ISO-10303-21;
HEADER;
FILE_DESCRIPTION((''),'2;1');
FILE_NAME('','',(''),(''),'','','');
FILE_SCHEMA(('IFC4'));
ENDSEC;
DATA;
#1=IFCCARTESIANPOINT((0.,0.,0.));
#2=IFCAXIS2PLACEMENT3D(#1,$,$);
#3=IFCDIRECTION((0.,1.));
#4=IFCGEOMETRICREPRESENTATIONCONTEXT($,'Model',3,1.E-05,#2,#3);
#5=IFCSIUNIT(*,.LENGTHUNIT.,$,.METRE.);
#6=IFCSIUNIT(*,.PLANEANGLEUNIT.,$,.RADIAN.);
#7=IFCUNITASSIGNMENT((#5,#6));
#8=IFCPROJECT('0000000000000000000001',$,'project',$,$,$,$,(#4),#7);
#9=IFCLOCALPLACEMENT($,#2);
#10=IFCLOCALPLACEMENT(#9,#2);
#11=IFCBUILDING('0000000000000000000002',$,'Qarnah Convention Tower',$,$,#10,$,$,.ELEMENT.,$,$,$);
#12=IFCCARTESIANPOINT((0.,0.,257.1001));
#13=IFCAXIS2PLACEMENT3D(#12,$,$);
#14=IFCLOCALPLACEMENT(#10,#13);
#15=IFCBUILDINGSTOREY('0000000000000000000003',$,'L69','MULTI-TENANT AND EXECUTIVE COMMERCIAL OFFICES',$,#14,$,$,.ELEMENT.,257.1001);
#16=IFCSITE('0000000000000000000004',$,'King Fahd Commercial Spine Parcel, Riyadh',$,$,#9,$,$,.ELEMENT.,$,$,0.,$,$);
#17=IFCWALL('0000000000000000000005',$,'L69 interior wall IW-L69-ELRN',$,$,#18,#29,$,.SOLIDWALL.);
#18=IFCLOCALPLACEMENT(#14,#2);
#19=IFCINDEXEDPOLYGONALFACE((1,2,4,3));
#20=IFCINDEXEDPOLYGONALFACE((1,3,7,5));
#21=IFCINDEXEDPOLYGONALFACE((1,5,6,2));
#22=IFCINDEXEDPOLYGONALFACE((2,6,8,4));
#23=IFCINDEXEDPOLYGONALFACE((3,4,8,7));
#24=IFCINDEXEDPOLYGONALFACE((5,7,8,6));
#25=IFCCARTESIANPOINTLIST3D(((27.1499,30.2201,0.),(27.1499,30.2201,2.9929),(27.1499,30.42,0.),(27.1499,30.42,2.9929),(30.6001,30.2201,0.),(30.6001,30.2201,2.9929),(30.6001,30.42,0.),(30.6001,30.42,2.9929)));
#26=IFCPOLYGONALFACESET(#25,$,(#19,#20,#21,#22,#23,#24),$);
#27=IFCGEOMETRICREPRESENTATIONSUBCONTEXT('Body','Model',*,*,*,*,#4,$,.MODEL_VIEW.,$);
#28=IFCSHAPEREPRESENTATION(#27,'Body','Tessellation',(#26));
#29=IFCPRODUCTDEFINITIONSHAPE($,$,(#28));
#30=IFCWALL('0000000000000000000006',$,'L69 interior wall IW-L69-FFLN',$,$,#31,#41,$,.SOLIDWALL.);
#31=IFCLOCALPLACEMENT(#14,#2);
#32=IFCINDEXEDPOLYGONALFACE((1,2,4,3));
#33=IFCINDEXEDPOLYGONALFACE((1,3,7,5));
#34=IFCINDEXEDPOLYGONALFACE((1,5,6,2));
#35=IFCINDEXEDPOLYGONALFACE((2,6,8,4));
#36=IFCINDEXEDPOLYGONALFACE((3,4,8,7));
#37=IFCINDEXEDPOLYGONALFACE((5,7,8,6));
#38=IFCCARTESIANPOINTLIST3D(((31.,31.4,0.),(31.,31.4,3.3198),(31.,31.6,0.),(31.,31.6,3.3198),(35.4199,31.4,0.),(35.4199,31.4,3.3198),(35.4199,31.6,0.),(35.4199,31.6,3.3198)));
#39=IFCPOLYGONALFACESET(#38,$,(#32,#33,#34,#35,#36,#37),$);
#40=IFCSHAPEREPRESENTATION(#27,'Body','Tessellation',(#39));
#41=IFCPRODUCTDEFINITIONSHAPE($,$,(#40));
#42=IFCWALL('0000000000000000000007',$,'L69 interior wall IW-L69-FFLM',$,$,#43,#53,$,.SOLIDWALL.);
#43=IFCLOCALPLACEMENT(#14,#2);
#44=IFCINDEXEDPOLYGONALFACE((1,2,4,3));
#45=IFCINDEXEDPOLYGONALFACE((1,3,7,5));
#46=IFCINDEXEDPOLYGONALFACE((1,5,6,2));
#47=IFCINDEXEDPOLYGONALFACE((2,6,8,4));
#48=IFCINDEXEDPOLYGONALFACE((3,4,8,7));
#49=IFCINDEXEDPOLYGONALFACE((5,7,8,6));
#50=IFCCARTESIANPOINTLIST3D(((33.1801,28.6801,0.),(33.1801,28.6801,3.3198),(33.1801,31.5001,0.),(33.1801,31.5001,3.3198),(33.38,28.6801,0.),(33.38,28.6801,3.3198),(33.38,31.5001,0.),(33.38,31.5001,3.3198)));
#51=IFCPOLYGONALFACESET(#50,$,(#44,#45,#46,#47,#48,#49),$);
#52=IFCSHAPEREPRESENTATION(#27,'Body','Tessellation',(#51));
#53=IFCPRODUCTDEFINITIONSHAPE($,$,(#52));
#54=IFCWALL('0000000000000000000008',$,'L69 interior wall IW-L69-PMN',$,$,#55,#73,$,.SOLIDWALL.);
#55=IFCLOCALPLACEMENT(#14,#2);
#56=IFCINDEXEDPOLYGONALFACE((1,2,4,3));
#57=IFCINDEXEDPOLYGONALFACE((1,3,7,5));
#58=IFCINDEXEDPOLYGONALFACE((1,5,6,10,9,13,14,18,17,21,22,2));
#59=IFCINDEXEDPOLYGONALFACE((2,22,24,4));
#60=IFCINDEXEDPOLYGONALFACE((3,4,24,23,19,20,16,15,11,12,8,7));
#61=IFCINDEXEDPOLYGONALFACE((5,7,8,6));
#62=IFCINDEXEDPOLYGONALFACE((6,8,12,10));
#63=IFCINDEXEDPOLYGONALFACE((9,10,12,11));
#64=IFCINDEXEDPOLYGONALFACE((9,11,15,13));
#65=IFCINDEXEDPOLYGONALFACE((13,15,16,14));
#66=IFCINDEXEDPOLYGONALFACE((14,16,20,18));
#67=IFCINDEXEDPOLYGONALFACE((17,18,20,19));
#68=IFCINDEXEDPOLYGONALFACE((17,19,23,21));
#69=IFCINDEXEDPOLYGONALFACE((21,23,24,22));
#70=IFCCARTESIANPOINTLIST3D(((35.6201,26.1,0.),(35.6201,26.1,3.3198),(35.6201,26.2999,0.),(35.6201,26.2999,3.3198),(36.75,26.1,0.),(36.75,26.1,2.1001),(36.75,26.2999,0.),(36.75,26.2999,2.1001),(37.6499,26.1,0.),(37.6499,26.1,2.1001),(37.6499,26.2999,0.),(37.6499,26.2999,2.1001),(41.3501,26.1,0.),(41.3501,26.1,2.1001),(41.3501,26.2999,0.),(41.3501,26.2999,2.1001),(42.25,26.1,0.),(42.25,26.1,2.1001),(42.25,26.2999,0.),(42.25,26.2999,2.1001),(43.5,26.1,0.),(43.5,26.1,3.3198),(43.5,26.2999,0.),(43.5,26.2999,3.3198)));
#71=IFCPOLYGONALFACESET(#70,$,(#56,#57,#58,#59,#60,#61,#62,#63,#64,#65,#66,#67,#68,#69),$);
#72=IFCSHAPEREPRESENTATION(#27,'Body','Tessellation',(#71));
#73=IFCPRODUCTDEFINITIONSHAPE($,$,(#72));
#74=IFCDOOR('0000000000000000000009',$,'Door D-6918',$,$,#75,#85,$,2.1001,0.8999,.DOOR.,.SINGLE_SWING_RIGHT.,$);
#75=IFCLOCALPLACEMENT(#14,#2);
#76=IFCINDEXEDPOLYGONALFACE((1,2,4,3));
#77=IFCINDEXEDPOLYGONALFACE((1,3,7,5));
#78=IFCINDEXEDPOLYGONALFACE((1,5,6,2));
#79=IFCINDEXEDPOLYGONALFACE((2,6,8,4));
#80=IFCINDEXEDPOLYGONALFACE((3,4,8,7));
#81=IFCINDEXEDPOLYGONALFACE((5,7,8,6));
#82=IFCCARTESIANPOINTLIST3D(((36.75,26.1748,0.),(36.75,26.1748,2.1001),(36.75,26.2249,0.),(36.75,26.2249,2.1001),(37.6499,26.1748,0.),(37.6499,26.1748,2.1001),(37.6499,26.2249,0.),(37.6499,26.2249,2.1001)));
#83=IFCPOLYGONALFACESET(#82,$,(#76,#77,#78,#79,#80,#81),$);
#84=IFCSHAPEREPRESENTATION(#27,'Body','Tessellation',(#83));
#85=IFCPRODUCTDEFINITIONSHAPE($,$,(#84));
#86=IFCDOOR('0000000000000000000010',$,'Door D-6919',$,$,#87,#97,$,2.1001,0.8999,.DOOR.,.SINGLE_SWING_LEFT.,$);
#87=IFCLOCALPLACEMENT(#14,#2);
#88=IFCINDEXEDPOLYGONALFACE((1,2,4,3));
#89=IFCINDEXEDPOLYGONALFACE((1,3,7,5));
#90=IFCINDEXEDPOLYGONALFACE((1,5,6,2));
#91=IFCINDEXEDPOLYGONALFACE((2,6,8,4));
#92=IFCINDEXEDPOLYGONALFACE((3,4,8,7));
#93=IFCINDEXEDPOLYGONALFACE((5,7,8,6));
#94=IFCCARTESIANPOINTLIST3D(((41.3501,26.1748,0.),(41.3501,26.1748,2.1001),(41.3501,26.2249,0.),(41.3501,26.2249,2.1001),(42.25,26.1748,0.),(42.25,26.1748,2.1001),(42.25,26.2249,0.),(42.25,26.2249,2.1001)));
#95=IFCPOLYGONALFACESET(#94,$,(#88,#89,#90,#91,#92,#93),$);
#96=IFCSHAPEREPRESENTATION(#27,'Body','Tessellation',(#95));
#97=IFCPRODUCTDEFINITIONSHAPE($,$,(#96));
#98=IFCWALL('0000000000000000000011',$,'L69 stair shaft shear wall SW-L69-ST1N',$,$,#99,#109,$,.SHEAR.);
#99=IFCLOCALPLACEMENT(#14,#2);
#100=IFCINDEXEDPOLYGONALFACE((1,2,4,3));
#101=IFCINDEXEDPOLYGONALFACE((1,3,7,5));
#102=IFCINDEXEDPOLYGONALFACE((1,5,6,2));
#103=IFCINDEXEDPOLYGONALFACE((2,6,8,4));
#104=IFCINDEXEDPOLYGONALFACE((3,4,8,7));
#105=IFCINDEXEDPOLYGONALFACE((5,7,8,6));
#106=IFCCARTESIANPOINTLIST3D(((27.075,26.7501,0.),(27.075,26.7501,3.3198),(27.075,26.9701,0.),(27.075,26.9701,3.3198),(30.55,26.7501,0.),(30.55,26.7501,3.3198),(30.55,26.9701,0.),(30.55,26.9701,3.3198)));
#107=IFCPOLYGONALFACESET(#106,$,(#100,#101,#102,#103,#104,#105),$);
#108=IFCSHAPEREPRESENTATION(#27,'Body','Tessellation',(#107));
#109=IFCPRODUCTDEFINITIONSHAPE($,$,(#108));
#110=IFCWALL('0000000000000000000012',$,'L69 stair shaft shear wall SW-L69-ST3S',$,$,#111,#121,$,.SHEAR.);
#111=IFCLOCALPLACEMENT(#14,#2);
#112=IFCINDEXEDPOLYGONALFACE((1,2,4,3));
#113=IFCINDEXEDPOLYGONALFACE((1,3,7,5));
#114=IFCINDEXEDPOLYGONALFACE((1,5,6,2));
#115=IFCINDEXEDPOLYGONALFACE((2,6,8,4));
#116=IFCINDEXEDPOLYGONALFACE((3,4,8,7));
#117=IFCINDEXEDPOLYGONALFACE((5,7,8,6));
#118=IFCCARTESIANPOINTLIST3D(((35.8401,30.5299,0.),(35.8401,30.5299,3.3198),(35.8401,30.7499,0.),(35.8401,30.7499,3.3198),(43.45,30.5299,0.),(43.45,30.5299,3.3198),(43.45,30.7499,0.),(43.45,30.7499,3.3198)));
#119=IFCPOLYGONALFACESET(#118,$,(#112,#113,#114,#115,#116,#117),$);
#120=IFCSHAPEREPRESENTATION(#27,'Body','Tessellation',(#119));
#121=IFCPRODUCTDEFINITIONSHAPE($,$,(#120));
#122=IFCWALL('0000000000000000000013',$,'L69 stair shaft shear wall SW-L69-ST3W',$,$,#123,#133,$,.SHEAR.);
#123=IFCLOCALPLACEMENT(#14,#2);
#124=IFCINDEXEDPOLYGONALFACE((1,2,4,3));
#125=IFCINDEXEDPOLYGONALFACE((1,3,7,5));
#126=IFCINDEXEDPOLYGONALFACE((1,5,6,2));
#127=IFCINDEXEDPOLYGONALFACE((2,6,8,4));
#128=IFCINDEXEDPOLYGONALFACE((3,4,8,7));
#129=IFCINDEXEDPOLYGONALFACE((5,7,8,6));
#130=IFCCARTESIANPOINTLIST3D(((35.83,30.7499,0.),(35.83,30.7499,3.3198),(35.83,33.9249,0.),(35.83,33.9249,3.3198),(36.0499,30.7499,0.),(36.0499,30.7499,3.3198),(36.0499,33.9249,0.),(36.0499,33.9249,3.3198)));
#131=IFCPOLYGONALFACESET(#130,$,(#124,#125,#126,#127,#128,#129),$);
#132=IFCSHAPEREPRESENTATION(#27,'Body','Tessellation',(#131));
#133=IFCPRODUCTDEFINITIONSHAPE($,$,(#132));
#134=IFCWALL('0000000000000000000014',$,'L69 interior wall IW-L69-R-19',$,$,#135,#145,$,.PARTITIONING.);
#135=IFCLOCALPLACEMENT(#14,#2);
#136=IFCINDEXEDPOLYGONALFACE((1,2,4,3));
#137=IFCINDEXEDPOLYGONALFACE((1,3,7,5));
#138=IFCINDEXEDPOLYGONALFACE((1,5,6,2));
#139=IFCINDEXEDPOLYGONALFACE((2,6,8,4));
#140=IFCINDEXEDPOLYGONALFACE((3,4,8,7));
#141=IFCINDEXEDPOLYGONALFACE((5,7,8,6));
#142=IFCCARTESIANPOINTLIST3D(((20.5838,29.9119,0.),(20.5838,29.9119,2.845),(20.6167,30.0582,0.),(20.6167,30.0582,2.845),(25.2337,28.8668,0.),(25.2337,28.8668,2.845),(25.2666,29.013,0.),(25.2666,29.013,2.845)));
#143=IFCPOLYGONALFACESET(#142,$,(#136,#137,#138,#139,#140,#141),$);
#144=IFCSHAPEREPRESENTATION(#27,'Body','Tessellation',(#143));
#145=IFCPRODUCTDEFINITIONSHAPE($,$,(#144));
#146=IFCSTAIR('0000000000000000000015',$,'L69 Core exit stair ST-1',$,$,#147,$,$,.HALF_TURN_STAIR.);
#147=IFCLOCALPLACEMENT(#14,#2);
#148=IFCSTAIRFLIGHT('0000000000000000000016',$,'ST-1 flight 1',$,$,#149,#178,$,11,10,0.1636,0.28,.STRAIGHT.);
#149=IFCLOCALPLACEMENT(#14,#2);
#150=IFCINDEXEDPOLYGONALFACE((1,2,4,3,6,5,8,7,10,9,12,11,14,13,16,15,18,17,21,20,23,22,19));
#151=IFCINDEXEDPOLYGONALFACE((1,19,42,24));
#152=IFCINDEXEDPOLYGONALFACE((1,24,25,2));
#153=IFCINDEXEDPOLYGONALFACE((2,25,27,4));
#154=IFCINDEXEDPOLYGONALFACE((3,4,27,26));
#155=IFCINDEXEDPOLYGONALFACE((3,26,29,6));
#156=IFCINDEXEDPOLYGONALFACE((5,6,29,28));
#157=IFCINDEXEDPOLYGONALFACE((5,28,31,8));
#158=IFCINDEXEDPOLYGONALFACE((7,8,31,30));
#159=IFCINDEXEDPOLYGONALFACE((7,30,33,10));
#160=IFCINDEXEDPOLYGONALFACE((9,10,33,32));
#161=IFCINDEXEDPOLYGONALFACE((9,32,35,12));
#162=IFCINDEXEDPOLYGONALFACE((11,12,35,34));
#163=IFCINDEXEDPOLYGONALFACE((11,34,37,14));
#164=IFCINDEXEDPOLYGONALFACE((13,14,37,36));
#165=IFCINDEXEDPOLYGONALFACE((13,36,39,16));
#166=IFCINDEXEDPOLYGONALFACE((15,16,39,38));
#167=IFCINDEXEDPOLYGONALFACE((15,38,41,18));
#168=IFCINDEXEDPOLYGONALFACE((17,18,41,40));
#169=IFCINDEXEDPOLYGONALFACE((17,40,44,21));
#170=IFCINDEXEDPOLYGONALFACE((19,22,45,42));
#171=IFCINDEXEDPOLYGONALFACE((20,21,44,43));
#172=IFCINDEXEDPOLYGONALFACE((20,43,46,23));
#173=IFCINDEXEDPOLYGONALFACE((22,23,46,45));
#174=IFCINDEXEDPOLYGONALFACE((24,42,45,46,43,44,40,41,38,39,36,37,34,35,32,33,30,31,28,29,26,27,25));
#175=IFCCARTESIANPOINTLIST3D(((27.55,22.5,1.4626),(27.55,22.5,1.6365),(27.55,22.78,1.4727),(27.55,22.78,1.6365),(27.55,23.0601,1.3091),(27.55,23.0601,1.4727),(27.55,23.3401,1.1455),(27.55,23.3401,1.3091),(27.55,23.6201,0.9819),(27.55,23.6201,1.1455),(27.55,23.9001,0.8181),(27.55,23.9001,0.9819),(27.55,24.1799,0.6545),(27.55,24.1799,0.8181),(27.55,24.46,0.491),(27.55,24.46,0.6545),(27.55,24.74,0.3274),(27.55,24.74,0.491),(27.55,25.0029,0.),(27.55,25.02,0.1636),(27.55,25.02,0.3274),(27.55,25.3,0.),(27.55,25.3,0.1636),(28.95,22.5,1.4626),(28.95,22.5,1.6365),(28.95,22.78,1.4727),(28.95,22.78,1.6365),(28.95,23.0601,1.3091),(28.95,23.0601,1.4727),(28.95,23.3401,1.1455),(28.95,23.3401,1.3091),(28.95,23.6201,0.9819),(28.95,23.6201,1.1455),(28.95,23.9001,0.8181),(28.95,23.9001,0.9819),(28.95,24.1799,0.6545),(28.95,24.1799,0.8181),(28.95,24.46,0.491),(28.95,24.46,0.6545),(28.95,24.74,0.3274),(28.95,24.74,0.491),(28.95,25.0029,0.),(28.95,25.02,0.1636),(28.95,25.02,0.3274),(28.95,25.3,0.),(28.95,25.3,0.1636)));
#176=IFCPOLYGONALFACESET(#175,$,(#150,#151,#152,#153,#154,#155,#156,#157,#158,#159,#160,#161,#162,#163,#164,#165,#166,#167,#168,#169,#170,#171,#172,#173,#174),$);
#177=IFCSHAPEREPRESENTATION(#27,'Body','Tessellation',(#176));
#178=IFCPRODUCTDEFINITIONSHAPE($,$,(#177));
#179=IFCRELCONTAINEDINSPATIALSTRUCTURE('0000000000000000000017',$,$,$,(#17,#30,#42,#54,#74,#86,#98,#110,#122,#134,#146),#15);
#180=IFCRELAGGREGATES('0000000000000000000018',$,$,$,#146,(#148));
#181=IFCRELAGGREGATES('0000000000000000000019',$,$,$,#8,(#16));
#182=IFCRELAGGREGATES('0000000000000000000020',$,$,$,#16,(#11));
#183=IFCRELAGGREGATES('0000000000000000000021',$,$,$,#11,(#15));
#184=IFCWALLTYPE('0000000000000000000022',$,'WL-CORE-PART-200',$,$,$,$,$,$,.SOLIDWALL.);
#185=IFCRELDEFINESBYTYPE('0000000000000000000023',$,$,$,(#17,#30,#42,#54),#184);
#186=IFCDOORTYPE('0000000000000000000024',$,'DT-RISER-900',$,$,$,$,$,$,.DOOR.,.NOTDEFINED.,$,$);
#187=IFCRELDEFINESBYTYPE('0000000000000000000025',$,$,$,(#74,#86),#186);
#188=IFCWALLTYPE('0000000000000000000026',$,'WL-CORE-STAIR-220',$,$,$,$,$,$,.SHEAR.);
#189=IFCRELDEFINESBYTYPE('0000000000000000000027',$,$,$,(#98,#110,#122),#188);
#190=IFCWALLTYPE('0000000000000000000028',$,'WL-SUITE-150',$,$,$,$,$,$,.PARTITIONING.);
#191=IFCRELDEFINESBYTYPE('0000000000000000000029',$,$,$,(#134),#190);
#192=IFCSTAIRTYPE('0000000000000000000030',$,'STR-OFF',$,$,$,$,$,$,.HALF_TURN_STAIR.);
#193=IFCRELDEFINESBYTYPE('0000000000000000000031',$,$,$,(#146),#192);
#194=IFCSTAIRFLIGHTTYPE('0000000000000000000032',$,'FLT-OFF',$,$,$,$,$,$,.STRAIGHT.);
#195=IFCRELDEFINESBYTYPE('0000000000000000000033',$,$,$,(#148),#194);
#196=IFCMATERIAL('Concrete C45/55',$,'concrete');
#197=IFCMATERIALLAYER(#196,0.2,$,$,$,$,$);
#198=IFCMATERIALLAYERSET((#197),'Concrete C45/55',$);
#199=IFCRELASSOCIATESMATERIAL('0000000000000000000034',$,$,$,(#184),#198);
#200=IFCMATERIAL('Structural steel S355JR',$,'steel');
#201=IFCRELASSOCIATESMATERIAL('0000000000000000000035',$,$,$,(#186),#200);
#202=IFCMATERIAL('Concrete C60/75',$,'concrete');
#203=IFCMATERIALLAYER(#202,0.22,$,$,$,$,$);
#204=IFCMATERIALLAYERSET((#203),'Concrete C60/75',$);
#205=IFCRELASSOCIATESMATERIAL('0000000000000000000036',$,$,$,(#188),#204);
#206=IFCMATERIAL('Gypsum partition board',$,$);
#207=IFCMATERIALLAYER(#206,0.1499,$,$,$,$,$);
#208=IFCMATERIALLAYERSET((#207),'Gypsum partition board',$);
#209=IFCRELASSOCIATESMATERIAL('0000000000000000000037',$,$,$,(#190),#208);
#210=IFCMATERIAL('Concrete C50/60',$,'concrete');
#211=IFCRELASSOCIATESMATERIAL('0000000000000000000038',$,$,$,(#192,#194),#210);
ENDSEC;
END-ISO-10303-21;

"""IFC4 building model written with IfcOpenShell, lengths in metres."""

from ifc_helpers import new_model, si_unit, direction, frame, frame_2d, origin, place, context, subcontext, project, spatial, polyline, rectangle, outline, extrude, material, layer, layer_set, type_object, element, fill, aggregate, save


model = new_model("IFC4")

# Units and contexts
model_context = context("Model", 3, precision=1e-05, world=origin(), true_north=direction((0.0, 1.0)))
body_context = subcontext(model_context, "Body", "Model", "MODEL_VIEW")
ifc_project = project(units=[si_unit("LENGTHUNIT", "METRE"), si_unit("PLANEANGLEUNIT", "RADIAN")], contexts=[model_context])

# Site, building, storey
site_placement = place(None, origin())
site = spatial("IfcSite", under=ifc_project, at=site_placement, Name="King Fahd Commercial Spine Parcel, Riyadh", CompositionType="ELEMENT", RefElevation=0.0)
building_placement = place(site_placement, origin())
building = spatial("IfcBuilding", under=site, at=building_placement, Name="Qarnah Convention Tower", CompositionType="ELEMENT")
storey_placement = place(building_placement, frame((0.0, 0.0, 257.1001)))
storey = spatial("IfcBuildingStorey", under=building, at=storey_placement, Name="L69", Description="MULTI-TENANT AND EXECUTIVE COMMERCIAL OFFICES", CompositionType="ELEMENT", Elevation=257.1001)

# Shared definitions
ifc_material_1 = material(Name="Concrete C50/60", Category="concrete")

# Shared definitions
ifc_material_2 = material(Name="Structural steel S355JR", Category="steel")

# Wall
ifc_material_3 = material(Name="Concrete C45/55", Category="concrete")
ifc_layer_1 = layer(ifc_material_3, 0.2)
ifc_layer_set_1 = layer_set([ifc_layer_1], Name="Concrete C45/55")
wall_type_1 = type_object("IfcWallType", Name="WL-CORE-PART-200", PredefinedType="SOLIDWALL", material=ifc_layer_set_1)
wall_1_placement = place(storey_placement, frame((27.1499, 30.3201, 0.0), z_axis=(0.0, 0.0, 1.0), x_axis=(1.0, 0.0, 0.0)))
element("IfcWall", 1, at=wall_1_placement, inside=storey, type_object=wall_type_1, Name="L69 interior wall IW-L69-ELRN", PredefinedType="SOLIDWALL", context=body_context, shape_type="SweptSolid", body=[
    extrude(rectangle(XDim=3.4502, YDim=0.2, at=frame_2d((1.7251, 0.0))), origin(), (0.0, 0.0, 1.0), 2.9929),
])

# Walls
wall_2_placement = place(storey_placement, frame((31.0, 31.5, 0.0), z_axis=(0.0, 0.0, 1.0), x_axis=(1.0, 0.0, 0.0)))
element("IfcWall", 2, at=wall_2_placement, inside=storey, type_object=wall_type_1, Name="L69 interior wall IW-L69-FFLN", PredefinedType="SOLIDWALL", context=body_context, shape_type="SweptSolid", body=[
    extrude(rectangle(XDim=4.4199, YDim=0.2, at=frame_2d((2.21, 0.0))), origin(), (0.0, 0.0, 1.0), 3.3198),
])
wall_3_placement = place(storey_placement, frame((33.28, 28.6799, 0.0), z_axis=(0.0, 0.0, 1.0), x_axis=(0.0, 1.0, 0.0)))
element("IfcWall", 3, at=wall_3_placement, inside=storey, type_object=wall_type_1, Name="L69 interior wall IW-L69-FFLM", PredefinedType="SOLIDWALL", context=body_context, shape_type="SweptSolid", body=[
    extrude(rectangle(XDim=2.8201, YDim=0.2, at=frame_2d((1.4102, 0.0))), origin(), (0.0, 0.0, 1.0), 3.3198),
])

# Wall, openings, doors
wall_4_placement = place(storey_placement, frame((35.6201, 26.2, 0.0), z_axis=(0.0, 0.0, 1.0), x_axis=(1.0, 0.0, 0.0)))
wall_4 = element("IfcWall", 4, at=wall_4_placement, inside=storey, type_object=wall_type_1, Name="L69 interior wall IW-L69-PMN", PredefinedType="SOLIDWALL", context=body_context, shape_type="SweptSolid", body=[
    extrude(rectangle(XDim=7.8799, YDim=0.2, at=frame_2d((3.9399, 0.0))), origin(), (0.0, 0.0, 1.0), 3.3198),
])
opening_1_placement = place(wall_4_placement, frame((1.1299, 0.0, 0.0)))
opening_1 = element("IfcOpeningElement", 5, at=opening_1_placement, cuts=wall_4, PredefinedType="OPENING", context=body_context, shape_type="SweptSolid", body=[
    extrude(rectangle(XDim=0.8999, YDim=2.1001, at=frame_2d((0.45, 1.05))), frame((0.0, 0.1099, 0.0), z_axis=(0.0, -1.0, 0.0), x_axis=(1.0, 0.0, 0.0)), (0.0, 0.0, 1.0), 0.22),
])
opening_2_placement = place(wall_4_placement, frame((5.73, 0.0, 0.0)))
opening_2 = element("IfcOpeningElement", 6, at=opening_2_placement, cuts=wall_4, PredefinedType="OPENING", context=body_context, shape_type="SweptSolid", body=[
    extrude(rectangle(XDim=0.8999, YDim=2.1001, at=frame_2d((0.45, 1.05))), frame((0.0, 0.1099, 0.0), z_axis=(0.0, -1.0, 0.0), x_axis=(1.0, 0.0, 0.0)), (0.0, 0.0, 1.0), 0.22),
])
door_type_1 = type_object("IfcDoorType", Name="DT-RISER-900", OperationType="NOTDEFINED", PredefinedType="DOOR", material=ifc_material_2)
door_1_placement = place(opening_1_placement, origin())
door_1 = element("IfcDoor", 7, at=door_1_placement, inside=storey, type_object=door_type_1, Name="Door D-6918", OperationType="SINGLE_SWING_RIGHT", OverallHeight=2.1001, OverallWidth=0.8999, PredefinedType="DOOR", context=body_context, shape_type="SweptSolid", body=[
    extrude(rectangle(XDim=0.8999, YDim=2.1001, at=frame_2d((0.45, 1.05))), frame((0.0, 0.0249, 0.0), z_axis=(0.0, -1.0, 0.0), x_axis=(1.0, 0.0, 0.0)), (0.0, 0.0, 1.0), 0.05),
])
fill(opening_1, door_1)
door_2_placement = place(opening_2_placement, origin())
door_2 = element("IfcDoor", 8, at=door_2_placement, inside=storey, type_object=door_type_1, Name="Door D-6919", OperationType="SINGLE_SWING_LEFT", OverallHeight=2.1001, OverallWidth=0.8999, PredefinedType="DOOR", context=body_context, shape_type="SweptSolid", body=[
    extrude(rectangle(XDim=0.8999, YDim=2.1001, at=frame_2d((0.45, 1.05))), frame((0.0, 0.0249, 0.0), z_axis=(0.0, -1.0, 0.0), x_axis=(1.0, 0.0, 0.0)), (0.0, 0.0, 1.0), 0.05),
])
fill(opening_2, door_2)

# Walls
ifc_material_4 = material(Name="Concrete C60/75", Category="concrete")
ifc_layer_2 = layer(ifc_material_4, 0.22)
ifc_layer_set_2 = layer_set([ifc_layer_2], Name="Concrete C60/75")
wall_type_2 = type_object("IfcWallType", Name="WL-CORE-STAIR-220", PredefinedType="SHEAR", material=ifc_layer_set_2)
wall_5_placement = place(storey_placement, frame((27.075, 26.8601, 0.0), z_axis=(0.0, 0.0, 1.0), x_axis=(1.0, 0.0, 0.0)))
element("IfcWall", 9, at=wall_5_placement, inside=storey, type_object=wall_type_2, Name="L69 stair shaft shear wall SW-L69-ST1N", PredefinedType="SHEAR", context=body_context, shape_type="SweptSolid", body=[
    extrude(rectangle(XDim=3.4751, YDim=0.22, at=frame_2d((1.7375, 0.0))), origin(), (0.0, 0.0, 1.0), 3.3198),
])
wall_6_placement = place(storey_placement, frame((35.8401, 30.6399, 0.0), z_axis=(0.0, 0.0, 1.0), x_axis=(1.0, 0.0, 0.0)))
element("IfcWall", 10, at=wall_6_placement, inside=storey, type_object=wall_type_2, Name="L69 stair shaft shear wall SW-L69-ST3S", PredefinedType="SHEAR", context=body_context, shape_type="SweptSolid", body=[
    extrude(rectangle(XDim=7.6099, YDim=0.22, at=frame_2d((3.8049, 0.0))), origin(), (0.0, 0.0, 1.0), 3.3198),
])
wall_7_placement = place(storey_placement, frame((35.9399, 30.75, 0.0), z_axis=(0.0, 0.0, 1.0), x_axis=(0.0, 1.0, 0.0)))
element("IfcWall", 11, at=wall_7_placement, inside=storey, type_object=wall_type_2, Name="L69 stair shaft shear wall SW-L69-ST3W", PredefinedType="SHEAR", context=body_context, shape_type="SweptSolid", body=[
    extrude(rectangle(XDim=3.175, YDim=0.22, at=frame_2d((1.5874, 0.0))), origin(), (0.0, 0.0, 1.0), 3.3198),
])
ifc_material_5 = material(Name="Gypsum partition board")
ifc_layer_3 = layer(ifc_material_5, 0.1499)
ifc_layer_set_3 = layer_set([ifc_layer_3], Name="Gypsum partition board")
wall_type_3 = type_object("IfcWallType", Name="WL-SUITE-150", PredefinedType="PARTITIONING", material=ifc_layer_set_3)
wall_8_placement = place(storey_placement, frame((25.25, 28.9399, 0.0), z_axis=(0.0, 0.0, 1.0), x_axis=(-0.975657, 0.2193, 0.0)))
element("IfcWall", 12, at=wall_8_placement, inside=storey, type_object=wall_type_3, Name="L69 interior wall IW-L69-R-19", PredefinedType="PARTITIONING", context=body_context, shape_type="SweptSolid", body=[
    extrude(rectangle(XDim=4.7659, YDim=0.1499, at=frame_2d((2.3828, 0.0))), origin(), (0.0, 0.0, 1.0), 2.845),
])

# Stair, stair flight
stair_type = type_object("IfcStairType", Name="STR-OFF", PredefinedType="HALF_TURN_STAIR", material=ifc_material_1)
stair_1_placement = place(storey_placement, origin())
stair_1 = element("IfcStair", 13, at=stair_1_placement, inside=storey, type_object=stair_type, Name="L69 Core exit stair ST-1", PredefinedType="HALF_TURN_STAIR")
stair_flight_type = type_object("IfcStairFlightType", Name="FLT-OFF", PredefinedType="STRAIGHT", material=ifc_material_1)
stair_flight_1_placement = place(storey_placement, frame((28.25, 25.3, 0.0), z_axis=(0.0, 0.0, 1.0), x_axis=(0.0, -1.0, 0.0)))
stair_flight_1 = element("IfcStairFlight", 14, at=stair_flight_1_placement, type_object=stair_flight_type, Name="ST-1 flight 1", NumberOfRisers=11, NumberOfTreads=10, PredefinedType="STRAIGHT", RiserHeight=0.1636, TreadLength=0.28, context=body_context, shape_type="SweptSolid", body=[
    extrude(outline(polyline([(0.0, 0.0), (0.0, 0.1636), (0.28, 0.1636), (0.28, 0.3274), (0.5601, 0.3274), (0.5601, 0.491), (0.8401, 0.491), (0.8401, 0.6545), (1.1201, 0.6545), (1.1201, 0.8181), (1.3999, 0.8181), (1.3999, 0.9819), (1.6799, 0.9819), (1.6799, 1.1455), (1.96, 1.1455), (1.96, 1.3091), (2.24, 1.3091), (2.24, 1.4727), (2.52, 1.4727), (2.52, 1.6365), (2.8, 1.6365), (2.8, 1.8), (2.8, 1.4626), (0.2971, 0.0), (0.0, 0.0)])), frame((0.0, 0.7, 0.0), z_axis=(0.0, -1.0, 0.0), x_axis=(1.0, 0.0, 0.0)), (0.0, 0.0, 1.0), 1.3999),
])
aggregate(stair_1, [stair_flight_1])

save(model, "model.ifc")
